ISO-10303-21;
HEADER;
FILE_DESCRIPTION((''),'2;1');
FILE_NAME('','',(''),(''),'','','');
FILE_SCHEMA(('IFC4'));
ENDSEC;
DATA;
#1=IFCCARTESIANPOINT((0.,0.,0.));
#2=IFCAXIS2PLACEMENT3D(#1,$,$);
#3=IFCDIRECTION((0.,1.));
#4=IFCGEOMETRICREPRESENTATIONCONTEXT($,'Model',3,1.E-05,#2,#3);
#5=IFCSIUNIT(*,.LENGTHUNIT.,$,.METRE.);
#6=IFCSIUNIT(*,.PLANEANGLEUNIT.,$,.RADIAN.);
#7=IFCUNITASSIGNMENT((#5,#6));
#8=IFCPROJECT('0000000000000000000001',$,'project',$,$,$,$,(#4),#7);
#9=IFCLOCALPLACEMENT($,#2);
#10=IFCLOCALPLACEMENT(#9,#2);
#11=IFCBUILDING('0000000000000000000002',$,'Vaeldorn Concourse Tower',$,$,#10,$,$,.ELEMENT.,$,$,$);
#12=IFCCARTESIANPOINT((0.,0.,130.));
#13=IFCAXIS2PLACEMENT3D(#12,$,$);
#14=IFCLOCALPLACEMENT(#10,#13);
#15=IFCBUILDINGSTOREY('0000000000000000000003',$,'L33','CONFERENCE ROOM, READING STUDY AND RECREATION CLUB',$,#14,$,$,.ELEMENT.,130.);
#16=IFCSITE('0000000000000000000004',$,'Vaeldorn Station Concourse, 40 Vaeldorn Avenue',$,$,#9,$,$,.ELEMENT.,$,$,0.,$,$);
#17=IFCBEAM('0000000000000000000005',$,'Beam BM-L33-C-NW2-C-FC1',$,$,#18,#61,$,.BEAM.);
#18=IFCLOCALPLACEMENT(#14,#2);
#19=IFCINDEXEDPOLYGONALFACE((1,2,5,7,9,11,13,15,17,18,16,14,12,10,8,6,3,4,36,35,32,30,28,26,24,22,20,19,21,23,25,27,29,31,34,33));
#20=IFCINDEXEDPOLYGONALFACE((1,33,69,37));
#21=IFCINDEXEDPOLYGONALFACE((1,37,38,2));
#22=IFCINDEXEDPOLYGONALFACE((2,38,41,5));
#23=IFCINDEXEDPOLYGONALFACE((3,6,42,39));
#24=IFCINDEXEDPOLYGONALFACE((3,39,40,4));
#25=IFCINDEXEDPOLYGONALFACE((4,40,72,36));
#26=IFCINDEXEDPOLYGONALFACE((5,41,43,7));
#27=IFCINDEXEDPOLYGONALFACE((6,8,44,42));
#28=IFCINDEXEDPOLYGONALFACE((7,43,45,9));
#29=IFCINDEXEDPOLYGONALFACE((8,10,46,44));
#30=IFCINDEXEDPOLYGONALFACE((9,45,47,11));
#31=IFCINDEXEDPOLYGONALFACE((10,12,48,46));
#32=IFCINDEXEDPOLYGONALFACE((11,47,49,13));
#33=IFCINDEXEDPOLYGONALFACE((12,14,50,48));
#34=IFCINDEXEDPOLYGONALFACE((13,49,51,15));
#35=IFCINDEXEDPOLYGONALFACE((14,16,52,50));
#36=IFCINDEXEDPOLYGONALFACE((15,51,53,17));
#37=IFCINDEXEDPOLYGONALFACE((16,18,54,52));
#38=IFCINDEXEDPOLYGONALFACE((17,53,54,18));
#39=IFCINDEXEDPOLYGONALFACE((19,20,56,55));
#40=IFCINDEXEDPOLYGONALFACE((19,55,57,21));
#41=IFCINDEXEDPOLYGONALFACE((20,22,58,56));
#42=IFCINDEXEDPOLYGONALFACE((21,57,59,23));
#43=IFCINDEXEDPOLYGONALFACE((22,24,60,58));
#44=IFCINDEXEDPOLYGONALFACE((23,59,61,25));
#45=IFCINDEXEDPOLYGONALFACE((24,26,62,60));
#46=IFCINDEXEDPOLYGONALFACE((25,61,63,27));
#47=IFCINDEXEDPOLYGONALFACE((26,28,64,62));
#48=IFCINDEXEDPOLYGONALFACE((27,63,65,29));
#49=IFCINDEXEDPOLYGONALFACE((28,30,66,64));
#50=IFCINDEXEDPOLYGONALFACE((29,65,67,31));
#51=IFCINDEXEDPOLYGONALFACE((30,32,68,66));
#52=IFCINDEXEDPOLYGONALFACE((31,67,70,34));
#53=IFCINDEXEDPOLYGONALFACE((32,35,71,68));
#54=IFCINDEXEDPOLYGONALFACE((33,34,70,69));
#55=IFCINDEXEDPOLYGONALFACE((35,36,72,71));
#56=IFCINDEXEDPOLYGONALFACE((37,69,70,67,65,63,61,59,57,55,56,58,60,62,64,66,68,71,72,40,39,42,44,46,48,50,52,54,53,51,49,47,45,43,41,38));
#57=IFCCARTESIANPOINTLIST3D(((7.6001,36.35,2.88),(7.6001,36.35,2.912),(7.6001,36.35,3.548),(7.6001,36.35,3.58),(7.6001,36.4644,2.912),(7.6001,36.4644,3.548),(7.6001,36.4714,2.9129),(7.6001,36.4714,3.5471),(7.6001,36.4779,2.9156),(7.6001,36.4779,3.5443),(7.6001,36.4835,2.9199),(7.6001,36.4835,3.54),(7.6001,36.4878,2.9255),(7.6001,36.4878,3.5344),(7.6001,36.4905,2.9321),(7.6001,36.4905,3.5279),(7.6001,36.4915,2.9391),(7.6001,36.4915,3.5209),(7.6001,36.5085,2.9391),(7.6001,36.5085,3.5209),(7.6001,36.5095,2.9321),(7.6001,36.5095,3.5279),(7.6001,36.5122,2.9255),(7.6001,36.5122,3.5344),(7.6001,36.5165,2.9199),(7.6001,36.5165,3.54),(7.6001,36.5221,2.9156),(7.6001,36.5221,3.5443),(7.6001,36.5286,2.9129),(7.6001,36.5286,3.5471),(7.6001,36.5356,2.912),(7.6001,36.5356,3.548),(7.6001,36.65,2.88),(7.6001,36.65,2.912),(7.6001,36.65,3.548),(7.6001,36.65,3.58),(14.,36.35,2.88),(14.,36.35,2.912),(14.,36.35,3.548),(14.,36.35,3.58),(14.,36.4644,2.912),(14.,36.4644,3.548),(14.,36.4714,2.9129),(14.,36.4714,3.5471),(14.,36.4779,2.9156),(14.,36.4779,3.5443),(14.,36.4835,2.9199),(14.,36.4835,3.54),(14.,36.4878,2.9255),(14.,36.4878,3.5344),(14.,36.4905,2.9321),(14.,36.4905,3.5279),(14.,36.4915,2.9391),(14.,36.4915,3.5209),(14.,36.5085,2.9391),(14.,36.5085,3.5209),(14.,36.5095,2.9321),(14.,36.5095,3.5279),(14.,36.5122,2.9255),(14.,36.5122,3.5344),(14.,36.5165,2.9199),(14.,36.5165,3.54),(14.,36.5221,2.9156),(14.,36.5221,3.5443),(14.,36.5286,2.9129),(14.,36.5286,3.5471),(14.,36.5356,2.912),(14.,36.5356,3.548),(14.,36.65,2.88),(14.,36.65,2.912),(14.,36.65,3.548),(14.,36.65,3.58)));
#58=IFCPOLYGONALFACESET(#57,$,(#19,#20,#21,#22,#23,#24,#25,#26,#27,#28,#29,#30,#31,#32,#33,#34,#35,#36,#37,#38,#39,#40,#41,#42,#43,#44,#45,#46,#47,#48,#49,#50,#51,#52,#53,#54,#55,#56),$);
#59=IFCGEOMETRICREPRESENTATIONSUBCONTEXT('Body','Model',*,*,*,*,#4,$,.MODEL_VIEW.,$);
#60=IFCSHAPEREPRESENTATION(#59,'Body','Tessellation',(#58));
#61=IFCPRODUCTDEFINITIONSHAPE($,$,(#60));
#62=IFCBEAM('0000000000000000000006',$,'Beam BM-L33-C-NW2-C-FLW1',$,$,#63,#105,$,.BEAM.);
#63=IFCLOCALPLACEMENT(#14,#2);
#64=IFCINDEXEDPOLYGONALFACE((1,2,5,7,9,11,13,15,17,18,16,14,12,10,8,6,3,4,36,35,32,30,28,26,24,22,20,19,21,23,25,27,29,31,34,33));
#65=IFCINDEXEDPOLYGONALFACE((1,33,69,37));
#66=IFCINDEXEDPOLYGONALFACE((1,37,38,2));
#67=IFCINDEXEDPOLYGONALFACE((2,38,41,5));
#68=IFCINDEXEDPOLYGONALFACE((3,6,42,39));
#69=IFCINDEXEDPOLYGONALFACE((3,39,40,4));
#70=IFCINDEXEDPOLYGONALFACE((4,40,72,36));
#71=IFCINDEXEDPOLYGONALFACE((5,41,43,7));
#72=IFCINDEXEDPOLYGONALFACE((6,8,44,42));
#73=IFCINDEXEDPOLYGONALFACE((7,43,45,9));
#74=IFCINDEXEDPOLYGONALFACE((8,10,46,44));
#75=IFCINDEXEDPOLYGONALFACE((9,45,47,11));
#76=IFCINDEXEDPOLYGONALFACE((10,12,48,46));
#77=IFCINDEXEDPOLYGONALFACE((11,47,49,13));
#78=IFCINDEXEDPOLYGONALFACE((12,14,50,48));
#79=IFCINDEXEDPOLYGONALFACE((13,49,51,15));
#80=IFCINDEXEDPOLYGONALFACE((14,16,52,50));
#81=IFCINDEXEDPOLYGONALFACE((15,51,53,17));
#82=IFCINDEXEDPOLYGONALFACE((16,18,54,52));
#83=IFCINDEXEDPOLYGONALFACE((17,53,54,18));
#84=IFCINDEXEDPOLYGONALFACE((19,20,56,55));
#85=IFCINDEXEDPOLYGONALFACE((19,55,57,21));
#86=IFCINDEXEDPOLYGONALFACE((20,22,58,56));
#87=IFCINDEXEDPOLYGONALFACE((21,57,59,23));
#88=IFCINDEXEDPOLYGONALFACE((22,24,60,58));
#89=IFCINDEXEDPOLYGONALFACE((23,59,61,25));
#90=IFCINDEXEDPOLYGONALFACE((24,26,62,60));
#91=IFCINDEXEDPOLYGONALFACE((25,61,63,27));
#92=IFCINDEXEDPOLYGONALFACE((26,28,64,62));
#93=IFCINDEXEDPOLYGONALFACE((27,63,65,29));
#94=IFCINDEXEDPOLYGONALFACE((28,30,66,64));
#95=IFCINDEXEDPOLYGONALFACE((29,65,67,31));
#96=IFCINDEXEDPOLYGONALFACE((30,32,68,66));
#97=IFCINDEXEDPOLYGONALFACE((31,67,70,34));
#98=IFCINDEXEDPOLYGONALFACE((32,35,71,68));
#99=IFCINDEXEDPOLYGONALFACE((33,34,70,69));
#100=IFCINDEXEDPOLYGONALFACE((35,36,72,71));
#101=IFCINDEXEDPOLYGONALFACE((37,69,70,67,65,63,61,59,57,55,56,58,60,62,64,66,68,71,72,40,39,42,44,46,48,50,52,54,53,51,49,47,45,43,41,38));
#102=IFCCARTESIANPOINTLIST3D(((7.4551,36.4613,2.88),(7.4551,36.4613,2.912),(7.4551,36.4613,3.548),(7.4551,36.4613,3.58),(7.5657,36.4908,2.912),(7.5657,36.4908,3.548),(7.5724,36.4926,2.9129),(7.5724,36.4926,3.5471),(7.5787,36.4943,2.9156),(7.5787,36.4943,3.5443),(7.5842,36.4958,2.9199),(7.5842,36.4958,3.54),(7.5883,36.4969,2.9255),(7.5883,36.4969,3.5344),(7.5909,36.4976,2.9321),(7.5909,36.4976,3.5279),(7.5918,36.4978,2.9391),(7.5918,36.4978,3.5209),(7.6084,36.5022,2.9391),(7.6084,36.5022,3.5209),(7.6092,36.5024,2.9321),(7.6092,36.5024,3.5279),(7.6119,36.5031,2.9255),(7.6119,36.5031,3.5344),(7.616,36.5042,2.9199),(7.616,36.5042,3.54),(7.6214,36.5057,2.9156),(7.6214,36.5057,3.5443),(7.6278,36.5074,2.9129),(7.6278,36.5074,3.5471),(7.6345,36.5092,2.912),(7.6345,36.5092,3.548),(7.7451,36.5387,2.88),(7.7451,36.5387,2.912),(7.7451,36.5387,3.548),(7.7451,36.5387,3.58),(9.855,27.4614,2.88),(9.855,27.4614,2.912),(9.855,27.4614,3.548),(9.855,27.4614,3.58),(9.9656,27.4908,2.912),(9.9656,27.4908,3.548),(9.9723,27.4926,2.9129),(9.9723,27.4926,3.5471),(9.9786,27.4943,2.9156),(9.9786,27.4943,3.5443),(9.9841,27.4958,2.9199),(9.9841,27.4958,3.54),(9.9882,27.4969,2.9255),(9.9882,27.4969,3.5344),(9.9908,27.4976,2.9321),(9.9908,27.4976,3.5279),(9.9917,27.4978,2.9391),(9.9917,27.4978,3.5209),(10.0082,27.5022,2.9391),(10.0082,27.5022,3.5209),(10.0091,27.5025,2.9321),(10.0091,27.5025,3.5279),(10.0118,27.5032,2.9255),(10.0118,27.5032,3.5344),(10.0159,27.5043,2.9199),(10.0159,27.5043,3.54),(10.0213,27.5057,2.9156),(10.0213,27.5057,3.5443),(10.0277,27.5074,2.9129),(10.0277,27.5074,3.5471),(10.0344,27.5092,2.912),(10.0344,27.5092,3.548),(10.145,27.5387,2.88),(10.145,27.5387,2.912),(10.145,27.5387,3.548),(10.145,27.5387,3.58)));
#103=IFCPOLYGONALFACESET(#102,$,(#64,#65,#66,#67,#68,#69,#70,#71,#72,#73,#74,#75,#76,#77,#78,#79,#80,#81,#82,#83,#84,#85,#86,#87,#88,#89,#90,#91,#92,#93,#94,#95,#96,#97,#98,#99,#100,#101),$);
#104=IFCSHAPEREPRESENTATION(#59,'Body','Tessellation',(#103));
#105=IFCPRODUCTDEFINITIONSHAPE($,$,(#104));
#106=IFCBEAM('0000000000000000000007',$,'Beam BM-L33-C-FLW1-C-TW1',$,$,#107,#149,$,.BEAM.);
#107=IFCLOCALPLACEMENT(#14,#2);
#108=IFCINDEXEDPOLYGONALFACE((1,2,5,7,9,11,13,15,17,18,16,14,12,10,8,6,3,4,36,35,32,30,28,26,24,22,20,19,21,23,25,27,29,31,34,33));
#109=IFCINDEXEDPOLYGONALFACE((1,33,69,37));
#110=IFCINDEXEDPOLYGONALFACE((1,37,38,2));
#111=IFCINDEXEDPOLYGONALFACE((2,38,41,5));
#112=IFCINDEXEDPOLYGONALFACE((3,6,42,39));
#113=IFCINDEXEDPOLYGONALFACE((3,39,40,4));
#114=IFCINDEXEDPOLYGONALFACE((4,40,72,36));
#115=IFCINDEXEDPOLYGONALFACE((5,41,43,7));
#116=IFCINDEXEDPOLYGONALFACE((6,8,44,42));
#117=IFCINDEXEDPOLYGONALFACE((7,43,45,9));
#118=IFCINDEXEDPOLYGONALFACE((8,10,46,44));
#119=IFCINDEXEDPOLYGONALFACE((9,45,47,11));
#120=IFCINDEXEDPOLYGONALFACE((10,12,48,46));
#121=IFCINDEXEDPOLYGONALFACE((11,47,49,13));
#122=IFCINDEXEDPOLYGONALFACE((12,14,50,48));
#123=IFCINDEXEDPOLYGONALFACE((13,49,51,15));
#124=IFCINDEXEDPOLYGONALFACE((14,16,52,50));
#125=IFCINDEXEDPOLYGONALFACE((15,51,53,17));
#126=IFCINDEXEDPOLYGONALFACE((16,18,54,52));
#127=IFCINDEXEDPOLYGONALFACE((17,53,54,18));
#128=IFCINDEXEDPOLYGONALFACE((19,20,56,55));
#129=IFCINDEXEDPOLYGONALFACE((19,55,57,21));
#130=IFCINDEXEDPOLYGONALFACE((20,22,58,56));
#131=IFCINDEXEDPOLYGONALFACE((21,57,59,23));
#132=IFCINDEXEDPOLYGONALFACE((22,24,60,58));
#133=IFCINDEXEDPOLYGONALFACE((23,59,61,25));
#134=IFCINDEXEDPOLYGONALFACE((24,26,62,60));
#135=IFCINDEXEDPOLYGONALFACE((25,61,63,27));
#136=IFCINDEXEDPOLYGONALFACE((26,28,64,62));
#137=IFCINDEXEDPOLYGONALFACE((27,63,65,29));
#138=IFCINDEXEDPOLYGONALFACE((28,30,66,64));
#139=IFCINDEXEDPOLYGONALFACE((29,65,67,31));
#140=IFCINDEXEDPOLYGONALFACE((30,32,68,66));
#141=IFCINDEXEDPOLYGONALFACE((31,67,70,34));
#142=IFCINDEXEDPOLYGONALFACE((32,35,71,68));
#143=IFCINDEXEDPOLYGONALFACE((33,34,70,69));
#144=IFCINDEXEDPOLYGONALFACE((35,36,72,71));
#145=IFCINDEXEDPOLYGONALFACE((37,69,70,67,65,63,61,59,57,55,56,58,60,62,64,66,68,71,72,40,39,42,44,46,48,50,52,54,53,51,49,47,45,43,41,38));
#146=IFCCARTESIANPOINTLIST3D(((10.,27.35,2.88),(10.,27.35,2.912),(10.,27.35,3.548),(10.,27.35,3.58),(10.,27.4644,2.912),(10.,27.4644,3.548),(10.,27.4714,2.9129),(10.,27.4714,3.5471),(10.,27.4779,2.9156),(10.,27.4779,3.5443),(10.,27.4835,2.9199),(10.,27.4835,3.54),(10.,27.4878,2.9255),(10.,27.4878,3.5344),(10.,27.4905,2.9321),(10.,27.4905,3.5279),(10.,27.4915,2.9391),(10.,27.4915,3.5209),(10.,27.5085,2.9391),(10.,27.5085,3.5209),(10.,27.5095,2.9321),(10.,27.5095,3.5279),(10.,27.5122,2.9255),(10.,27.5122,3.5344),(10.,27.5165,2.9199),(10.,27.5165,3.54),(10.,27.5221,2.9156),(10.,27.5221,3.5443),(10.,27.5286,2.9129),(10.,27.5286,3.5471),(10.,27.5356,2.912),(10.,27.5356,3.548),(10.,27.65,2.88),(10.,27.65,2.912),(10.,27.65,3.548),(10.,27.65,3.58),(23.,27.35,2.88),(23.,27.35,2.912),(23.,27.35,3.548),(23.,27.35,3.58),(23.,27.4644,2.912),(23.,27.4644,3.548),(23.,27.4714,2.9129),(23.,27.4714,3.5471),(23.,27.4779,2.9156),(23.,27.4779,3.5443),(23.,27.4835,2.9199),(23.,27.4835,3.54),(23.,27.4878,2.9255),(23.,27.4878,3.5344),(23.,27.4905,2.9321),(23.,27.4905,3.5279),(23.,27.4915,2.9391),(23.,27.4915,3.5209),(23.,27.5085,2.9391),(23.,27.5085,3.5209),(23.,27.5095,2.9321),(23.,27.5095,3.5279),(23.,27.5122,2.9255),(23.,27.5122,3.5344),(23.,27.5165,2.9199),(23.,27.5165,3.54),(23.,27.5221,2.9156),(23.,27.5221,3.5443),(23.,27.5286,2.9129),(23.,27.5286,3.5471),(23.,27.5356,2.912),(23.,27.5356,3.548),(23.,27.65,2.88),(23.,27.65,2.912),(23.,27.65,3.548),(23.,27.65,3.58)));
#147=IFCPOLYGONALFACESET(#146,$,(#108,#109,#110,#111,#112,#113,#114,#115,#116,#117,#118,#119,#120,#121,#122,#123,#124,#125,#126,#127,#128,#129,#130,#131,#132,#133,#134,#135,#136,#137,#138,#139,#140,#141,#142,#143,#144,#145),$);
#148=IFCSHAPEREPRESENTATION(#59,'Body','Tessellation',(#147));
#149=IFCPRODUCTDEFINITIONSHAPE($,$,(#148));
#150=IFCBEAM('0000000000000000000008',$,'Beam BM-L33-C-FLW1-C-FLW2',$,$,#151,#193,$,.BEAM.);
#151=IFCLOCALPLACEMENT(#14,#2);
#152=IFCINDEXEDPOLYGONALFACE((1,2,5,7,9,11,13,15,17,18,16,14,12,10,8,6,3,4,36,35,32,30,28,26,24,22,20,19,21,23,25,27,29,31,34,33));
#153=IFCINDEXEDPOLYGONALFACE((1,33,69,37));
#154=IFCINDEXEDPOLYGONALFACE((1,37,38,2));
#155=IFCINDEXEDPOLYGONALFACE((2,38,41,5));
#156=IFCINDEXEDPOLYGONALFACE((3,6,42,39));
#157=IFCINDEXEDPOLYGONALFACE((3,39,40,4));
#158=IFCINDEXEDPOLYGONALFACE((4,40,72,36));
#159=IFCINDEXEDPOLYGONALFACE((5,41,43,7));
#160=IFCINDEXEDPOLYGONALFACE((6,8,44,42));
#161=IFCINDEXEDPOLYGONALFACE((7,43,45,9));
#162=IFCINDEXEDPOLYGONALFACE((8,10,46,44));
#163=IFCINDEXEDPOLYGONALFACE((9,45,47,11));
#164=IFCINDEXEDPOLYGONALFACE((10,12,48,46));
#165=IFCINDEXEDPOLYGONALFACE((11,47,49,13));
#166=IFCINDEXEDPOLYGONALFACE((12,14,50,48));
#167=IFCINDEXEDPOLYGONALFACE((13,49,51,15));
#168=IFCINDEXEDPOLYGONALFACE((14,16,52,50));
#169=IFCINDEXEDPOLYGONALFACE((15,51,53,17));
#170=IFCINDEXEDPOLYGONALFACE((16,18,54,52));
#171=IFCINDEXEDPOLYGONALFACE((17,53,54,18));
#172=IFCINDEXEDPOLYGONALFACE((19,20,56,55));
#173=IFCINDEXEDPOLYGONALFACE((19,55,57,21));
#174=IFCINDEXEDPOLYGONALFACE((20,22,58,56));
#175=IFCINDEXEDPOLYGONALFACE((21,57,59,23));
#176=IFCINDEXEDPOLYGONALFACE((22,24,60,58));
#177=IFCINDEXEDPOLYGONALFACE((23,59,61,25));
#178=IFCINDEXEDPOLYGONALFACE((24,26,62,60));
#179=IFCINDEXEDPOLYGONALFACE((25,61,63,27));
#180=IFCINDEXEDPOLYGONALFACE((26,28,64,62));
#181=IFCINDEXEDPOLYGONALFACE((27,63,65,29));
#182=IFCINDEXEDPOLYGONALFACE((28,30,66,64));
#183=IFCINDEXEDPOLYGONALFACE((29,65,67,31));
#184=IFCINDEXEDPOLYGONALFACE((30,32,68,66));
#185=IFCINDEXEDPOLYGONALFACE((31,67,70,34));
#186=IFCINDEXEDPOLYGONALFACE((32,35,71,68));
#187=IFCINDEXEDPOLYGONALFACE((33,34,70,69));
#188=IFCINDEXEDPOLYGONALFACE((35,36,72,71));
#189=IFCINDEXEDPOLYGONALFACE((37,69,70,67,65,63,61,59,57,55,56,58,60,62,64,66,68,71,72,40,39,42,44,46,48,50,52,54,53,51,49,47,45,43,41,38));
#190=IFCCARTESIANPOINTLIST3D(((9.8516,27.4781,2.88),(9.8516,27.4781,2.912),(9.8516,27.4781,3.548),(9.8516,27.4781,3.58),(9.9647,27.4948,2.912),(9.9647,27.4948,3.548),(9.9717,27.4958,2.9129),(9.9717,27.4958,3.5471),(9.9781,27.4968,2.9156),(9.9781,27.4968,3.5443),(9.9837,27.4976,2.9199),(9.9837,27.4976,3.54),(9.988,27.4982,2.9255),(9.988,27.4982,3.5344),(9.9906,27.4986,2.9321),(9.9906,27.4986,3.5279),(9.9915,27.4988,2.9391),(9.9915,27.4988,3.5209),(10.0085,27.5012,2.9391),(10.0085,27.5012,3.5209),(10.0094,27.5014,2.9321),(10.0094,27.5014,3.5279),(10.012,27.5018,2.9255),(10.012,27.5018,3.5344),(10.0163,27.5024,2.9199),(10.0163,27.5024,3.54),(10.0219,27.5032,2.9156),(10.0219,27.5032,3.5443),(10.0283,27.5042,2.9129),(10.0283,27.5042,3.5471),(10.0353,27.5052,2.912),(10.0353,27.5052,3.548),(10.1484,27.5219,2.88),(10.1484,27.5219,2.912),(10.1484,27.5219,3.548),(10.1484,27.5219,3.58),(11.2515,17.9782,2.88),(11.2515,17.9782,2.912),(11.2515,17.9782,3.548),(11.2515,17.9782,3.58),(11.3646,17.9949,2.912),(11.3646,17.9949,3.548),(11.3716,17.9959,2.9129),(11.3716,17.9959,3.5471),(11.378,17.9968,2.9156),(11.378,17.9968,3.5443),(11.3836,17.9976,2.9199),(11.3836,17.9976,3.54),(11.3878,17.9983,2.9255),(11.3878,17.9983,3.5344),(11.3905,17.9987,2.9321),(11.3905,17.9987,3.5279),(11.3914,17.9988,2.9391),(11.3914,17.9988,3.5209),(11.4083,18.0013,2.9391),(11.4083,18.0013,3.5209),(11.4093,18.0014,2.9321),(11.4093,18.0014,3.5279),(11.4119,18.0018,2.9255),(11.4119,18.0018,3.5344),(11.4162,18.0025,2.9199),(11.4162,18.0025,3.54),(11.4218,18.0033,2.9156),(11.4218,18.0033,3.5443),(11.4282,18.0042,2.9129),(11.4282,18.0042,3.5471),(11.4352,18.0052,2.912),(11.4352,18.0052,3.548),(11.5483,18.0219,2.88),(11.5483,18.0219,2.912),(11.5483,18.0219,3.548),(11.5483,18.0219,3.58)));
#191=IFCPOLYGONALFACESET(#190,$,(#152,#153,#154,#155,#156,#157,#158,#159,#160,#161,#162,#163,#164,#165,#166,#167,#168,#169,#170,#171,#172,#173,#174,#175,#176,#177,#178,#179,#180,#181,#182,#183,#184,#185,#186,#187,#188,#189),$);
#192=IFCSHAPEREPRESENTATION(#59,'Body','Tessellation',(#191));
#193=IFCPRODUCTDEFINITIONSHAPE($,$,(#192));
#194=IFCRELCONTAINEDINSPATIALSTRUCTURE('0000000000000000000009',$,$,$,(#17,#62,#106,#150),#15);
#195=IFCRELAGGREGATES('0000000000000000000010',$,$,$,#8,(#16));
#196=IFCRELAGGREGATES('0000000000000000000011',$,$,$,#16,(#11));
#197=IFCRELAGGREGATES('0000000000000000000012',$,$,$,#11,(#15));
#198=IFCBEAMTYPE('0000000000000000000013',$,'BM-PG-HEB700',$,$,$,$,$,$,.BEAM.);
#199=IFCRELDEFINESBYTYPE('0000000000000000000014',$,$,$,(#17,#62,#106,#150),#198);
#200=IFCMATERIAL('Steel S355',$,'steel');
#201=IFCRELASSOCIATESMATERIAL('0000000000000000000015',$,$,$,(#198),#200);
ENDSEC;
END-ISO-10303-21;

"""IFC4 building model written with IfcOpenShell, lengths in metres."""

from ifc_helpers import new_model, si_unit, direction, frame, origin, origin_2d, place, context, subcontext, project, spatial, i_section, extrude, source, transform, mapped, material, material_profile, profile_set, type_object, element, save


model = new_model("IFC4")

# Units and contexts
model_context = context("Model", 3, precision=1e-05, world=origin(), true_north=direction((0.0, 1.0)))
body_context = subcontext(model_context, "Body", "Model", "MODEL_VIEW")
ifc_project = project(units=[si_unit("LENGTHUNIT", "METRE"), si_unit("PLANEANGLEUNIT", "RADIAN")], contexts=[model_context])

# Site, building, storey
site_placement = place(None, origin())
site = spatial("IfcSite", under=ifc_project, at=site_placement, Name="Vaeldorn Station Concourse, 40 Vaeldorn Avenue", CompositionType="ELEMENT", RefElevation=0.0)
building_placement = place(site_placement, origin())
building = spatial("IfcBuilding", under=site, at=building_placement, Name="Vaeldorn Concourse Tower", CompositionType="ELEMENT")
storey_placement = place(building_placement, frame((0.0, 0.0, 130.0)))
storey = spatial("IfcBuildingStorey", under=building, at=storey_placement, Name="L33", Description="CONFERENCE ROOM, READING STUDY AND RECREATION CLUB", CompositionType="ELEMENT", Elevation=130.0)

# Beams
ifc_material_1 = material(Name="Steel S355", Category="steel")
ifc_material_profile_1 = material_profile(ifc_material_1, i_section(OverallWidth=0.3, OverallDepth=0.7, WebThickness=0.0171, FlangeThickness=0.032, FilletRadius=0.0271, at=origin_2d()), Name="HEB 700")
ifc_profile_set_1 = profile_set([ifc_material_profile_1], Name="Steel S355")
beam_type_1 = type_object("IfcBeamType", Name="BM-PG-HEB700", PredefinedType="BEAM", material=ifc_profile_set_1)
shared_shape_1 = source(origin(), body_context, "Body", "SweptSolid", [
    extrude(i_section(OverallWidth=0.3, OverallDepth=0.7, WebThickness=0.0171, FlangeThickness=0.032, FilletRadius=0.0271, at=origin_2d()), origin(), (0.0, 0.0, 1.0), 6.3999),
])
beam_1_placement = place(storey_placement, frame((7.6001, 36.5, 3.23), z_axis=(1.0, 0.0, 0.0), x_axis=(0.0, 1.0, 0.0)))
element("IfcBeam", 1, at=beam_1_placement, inside=storey, type_object=beam_type_1, Name="Beam BM-L33-C-NW2-C-FC1", PredefinedType="BEAM", context=body_context, shape_type="MappedRepresentation", body=[
    mapped(shared_shape_1, transform((0.0, 0.0, 0.0), scale=1.0)),
])
shared_shape_2 = source(origin(), body_context, "Body", "SweptSolid", [
    extrude(i_section(OverallWidth=0.3, OverallDepth=0.7, WebThickness=0.0171, FlangeThickness=0.032, FilletRadius=0.0271, at=origin_2d()), origin(), (0.0, 0.0, 1.0), 9.3145),
])
beam_2_placement = place(storey_placement, frame((7.6001, 36.5, 3.23), z_axis=(0.257653, -0.966238, 0.0), x_axis=(0.966238, 0.257653, 0.0)))
element("IfcBeam", 2, at=beam_2_placement, inside=storey, type_object=beam_type_1, Name="Beam BM-L33-C-NW2-C-FLW1", PredefinedType="BEAM", context=body_context, shape_type="MappedRepresentation", body=[
    mapped(shared_shape_2, transform((0.0, 0.0, 0.0), scale=1.0)),
])
shared_shape_3 = source(origin(), body_context, "Body", "SweptSolid", [
    extrude(i_section(OverallWidth=0.3, OverallDepth=0.7, WebThickness=0.0171, FlangeThickness=0.032, FilletRadius=0.0271, at=origin_2d()), origin(), (0.0, 0.0, 1.0), 13.0),
])
beam_3_placement = place(storey_placement, frame((10.0, 27.5, 3.23), z_axis=(1.0, 0.0, 0.0), x_axis=(0.0, 1.0, 0.0)))
element("IfcBeam", 3, at=beam_3_placement, inside=storey, type_object=beam_type_1, Name="Beam BM-L33-C-FLW1-C-TW1", PredefinedType="BEAM", context=body_context, shape_type="MappedRepresentation", body=[
    mapped(shared_shape_3, transform((0.0, 0.0, 0.0), scale=1.0)),
])
shared_shape_4 = source(origin(), body_context, "Body", "SweptSolid", [
    extrude(i_section(OverallWidth=0.3, OverallDepth=0.7, WebThickness=0.0171, FlangeThickness=0.032, FilletRadius=0.0271, at=origin_2d()), origin(), (0.0, 0.0, 1.0), 9.6025),
])
beam_4_placement = place(storey_placement, frame((10.0, 27.5, 3.23), z_axis=(0.145784, -0.989316, 0.0), x_axis=(0.989316, 0.145784, 0.0)))
element("IfcBeam", 4, at=beam_4_placement, inside=storey, type_object=beam_type_1, Name="Beam BM-L33-C-FLW1-C-FLW2", PredefinedType="BEAM", context=body_context, shape_type="MappedRepresentation", body=[
    mapped(shared_shape_4, transform((0.0, 0.0, 0.0), scale=1.0)),
])

save(model, "model.ifc")
